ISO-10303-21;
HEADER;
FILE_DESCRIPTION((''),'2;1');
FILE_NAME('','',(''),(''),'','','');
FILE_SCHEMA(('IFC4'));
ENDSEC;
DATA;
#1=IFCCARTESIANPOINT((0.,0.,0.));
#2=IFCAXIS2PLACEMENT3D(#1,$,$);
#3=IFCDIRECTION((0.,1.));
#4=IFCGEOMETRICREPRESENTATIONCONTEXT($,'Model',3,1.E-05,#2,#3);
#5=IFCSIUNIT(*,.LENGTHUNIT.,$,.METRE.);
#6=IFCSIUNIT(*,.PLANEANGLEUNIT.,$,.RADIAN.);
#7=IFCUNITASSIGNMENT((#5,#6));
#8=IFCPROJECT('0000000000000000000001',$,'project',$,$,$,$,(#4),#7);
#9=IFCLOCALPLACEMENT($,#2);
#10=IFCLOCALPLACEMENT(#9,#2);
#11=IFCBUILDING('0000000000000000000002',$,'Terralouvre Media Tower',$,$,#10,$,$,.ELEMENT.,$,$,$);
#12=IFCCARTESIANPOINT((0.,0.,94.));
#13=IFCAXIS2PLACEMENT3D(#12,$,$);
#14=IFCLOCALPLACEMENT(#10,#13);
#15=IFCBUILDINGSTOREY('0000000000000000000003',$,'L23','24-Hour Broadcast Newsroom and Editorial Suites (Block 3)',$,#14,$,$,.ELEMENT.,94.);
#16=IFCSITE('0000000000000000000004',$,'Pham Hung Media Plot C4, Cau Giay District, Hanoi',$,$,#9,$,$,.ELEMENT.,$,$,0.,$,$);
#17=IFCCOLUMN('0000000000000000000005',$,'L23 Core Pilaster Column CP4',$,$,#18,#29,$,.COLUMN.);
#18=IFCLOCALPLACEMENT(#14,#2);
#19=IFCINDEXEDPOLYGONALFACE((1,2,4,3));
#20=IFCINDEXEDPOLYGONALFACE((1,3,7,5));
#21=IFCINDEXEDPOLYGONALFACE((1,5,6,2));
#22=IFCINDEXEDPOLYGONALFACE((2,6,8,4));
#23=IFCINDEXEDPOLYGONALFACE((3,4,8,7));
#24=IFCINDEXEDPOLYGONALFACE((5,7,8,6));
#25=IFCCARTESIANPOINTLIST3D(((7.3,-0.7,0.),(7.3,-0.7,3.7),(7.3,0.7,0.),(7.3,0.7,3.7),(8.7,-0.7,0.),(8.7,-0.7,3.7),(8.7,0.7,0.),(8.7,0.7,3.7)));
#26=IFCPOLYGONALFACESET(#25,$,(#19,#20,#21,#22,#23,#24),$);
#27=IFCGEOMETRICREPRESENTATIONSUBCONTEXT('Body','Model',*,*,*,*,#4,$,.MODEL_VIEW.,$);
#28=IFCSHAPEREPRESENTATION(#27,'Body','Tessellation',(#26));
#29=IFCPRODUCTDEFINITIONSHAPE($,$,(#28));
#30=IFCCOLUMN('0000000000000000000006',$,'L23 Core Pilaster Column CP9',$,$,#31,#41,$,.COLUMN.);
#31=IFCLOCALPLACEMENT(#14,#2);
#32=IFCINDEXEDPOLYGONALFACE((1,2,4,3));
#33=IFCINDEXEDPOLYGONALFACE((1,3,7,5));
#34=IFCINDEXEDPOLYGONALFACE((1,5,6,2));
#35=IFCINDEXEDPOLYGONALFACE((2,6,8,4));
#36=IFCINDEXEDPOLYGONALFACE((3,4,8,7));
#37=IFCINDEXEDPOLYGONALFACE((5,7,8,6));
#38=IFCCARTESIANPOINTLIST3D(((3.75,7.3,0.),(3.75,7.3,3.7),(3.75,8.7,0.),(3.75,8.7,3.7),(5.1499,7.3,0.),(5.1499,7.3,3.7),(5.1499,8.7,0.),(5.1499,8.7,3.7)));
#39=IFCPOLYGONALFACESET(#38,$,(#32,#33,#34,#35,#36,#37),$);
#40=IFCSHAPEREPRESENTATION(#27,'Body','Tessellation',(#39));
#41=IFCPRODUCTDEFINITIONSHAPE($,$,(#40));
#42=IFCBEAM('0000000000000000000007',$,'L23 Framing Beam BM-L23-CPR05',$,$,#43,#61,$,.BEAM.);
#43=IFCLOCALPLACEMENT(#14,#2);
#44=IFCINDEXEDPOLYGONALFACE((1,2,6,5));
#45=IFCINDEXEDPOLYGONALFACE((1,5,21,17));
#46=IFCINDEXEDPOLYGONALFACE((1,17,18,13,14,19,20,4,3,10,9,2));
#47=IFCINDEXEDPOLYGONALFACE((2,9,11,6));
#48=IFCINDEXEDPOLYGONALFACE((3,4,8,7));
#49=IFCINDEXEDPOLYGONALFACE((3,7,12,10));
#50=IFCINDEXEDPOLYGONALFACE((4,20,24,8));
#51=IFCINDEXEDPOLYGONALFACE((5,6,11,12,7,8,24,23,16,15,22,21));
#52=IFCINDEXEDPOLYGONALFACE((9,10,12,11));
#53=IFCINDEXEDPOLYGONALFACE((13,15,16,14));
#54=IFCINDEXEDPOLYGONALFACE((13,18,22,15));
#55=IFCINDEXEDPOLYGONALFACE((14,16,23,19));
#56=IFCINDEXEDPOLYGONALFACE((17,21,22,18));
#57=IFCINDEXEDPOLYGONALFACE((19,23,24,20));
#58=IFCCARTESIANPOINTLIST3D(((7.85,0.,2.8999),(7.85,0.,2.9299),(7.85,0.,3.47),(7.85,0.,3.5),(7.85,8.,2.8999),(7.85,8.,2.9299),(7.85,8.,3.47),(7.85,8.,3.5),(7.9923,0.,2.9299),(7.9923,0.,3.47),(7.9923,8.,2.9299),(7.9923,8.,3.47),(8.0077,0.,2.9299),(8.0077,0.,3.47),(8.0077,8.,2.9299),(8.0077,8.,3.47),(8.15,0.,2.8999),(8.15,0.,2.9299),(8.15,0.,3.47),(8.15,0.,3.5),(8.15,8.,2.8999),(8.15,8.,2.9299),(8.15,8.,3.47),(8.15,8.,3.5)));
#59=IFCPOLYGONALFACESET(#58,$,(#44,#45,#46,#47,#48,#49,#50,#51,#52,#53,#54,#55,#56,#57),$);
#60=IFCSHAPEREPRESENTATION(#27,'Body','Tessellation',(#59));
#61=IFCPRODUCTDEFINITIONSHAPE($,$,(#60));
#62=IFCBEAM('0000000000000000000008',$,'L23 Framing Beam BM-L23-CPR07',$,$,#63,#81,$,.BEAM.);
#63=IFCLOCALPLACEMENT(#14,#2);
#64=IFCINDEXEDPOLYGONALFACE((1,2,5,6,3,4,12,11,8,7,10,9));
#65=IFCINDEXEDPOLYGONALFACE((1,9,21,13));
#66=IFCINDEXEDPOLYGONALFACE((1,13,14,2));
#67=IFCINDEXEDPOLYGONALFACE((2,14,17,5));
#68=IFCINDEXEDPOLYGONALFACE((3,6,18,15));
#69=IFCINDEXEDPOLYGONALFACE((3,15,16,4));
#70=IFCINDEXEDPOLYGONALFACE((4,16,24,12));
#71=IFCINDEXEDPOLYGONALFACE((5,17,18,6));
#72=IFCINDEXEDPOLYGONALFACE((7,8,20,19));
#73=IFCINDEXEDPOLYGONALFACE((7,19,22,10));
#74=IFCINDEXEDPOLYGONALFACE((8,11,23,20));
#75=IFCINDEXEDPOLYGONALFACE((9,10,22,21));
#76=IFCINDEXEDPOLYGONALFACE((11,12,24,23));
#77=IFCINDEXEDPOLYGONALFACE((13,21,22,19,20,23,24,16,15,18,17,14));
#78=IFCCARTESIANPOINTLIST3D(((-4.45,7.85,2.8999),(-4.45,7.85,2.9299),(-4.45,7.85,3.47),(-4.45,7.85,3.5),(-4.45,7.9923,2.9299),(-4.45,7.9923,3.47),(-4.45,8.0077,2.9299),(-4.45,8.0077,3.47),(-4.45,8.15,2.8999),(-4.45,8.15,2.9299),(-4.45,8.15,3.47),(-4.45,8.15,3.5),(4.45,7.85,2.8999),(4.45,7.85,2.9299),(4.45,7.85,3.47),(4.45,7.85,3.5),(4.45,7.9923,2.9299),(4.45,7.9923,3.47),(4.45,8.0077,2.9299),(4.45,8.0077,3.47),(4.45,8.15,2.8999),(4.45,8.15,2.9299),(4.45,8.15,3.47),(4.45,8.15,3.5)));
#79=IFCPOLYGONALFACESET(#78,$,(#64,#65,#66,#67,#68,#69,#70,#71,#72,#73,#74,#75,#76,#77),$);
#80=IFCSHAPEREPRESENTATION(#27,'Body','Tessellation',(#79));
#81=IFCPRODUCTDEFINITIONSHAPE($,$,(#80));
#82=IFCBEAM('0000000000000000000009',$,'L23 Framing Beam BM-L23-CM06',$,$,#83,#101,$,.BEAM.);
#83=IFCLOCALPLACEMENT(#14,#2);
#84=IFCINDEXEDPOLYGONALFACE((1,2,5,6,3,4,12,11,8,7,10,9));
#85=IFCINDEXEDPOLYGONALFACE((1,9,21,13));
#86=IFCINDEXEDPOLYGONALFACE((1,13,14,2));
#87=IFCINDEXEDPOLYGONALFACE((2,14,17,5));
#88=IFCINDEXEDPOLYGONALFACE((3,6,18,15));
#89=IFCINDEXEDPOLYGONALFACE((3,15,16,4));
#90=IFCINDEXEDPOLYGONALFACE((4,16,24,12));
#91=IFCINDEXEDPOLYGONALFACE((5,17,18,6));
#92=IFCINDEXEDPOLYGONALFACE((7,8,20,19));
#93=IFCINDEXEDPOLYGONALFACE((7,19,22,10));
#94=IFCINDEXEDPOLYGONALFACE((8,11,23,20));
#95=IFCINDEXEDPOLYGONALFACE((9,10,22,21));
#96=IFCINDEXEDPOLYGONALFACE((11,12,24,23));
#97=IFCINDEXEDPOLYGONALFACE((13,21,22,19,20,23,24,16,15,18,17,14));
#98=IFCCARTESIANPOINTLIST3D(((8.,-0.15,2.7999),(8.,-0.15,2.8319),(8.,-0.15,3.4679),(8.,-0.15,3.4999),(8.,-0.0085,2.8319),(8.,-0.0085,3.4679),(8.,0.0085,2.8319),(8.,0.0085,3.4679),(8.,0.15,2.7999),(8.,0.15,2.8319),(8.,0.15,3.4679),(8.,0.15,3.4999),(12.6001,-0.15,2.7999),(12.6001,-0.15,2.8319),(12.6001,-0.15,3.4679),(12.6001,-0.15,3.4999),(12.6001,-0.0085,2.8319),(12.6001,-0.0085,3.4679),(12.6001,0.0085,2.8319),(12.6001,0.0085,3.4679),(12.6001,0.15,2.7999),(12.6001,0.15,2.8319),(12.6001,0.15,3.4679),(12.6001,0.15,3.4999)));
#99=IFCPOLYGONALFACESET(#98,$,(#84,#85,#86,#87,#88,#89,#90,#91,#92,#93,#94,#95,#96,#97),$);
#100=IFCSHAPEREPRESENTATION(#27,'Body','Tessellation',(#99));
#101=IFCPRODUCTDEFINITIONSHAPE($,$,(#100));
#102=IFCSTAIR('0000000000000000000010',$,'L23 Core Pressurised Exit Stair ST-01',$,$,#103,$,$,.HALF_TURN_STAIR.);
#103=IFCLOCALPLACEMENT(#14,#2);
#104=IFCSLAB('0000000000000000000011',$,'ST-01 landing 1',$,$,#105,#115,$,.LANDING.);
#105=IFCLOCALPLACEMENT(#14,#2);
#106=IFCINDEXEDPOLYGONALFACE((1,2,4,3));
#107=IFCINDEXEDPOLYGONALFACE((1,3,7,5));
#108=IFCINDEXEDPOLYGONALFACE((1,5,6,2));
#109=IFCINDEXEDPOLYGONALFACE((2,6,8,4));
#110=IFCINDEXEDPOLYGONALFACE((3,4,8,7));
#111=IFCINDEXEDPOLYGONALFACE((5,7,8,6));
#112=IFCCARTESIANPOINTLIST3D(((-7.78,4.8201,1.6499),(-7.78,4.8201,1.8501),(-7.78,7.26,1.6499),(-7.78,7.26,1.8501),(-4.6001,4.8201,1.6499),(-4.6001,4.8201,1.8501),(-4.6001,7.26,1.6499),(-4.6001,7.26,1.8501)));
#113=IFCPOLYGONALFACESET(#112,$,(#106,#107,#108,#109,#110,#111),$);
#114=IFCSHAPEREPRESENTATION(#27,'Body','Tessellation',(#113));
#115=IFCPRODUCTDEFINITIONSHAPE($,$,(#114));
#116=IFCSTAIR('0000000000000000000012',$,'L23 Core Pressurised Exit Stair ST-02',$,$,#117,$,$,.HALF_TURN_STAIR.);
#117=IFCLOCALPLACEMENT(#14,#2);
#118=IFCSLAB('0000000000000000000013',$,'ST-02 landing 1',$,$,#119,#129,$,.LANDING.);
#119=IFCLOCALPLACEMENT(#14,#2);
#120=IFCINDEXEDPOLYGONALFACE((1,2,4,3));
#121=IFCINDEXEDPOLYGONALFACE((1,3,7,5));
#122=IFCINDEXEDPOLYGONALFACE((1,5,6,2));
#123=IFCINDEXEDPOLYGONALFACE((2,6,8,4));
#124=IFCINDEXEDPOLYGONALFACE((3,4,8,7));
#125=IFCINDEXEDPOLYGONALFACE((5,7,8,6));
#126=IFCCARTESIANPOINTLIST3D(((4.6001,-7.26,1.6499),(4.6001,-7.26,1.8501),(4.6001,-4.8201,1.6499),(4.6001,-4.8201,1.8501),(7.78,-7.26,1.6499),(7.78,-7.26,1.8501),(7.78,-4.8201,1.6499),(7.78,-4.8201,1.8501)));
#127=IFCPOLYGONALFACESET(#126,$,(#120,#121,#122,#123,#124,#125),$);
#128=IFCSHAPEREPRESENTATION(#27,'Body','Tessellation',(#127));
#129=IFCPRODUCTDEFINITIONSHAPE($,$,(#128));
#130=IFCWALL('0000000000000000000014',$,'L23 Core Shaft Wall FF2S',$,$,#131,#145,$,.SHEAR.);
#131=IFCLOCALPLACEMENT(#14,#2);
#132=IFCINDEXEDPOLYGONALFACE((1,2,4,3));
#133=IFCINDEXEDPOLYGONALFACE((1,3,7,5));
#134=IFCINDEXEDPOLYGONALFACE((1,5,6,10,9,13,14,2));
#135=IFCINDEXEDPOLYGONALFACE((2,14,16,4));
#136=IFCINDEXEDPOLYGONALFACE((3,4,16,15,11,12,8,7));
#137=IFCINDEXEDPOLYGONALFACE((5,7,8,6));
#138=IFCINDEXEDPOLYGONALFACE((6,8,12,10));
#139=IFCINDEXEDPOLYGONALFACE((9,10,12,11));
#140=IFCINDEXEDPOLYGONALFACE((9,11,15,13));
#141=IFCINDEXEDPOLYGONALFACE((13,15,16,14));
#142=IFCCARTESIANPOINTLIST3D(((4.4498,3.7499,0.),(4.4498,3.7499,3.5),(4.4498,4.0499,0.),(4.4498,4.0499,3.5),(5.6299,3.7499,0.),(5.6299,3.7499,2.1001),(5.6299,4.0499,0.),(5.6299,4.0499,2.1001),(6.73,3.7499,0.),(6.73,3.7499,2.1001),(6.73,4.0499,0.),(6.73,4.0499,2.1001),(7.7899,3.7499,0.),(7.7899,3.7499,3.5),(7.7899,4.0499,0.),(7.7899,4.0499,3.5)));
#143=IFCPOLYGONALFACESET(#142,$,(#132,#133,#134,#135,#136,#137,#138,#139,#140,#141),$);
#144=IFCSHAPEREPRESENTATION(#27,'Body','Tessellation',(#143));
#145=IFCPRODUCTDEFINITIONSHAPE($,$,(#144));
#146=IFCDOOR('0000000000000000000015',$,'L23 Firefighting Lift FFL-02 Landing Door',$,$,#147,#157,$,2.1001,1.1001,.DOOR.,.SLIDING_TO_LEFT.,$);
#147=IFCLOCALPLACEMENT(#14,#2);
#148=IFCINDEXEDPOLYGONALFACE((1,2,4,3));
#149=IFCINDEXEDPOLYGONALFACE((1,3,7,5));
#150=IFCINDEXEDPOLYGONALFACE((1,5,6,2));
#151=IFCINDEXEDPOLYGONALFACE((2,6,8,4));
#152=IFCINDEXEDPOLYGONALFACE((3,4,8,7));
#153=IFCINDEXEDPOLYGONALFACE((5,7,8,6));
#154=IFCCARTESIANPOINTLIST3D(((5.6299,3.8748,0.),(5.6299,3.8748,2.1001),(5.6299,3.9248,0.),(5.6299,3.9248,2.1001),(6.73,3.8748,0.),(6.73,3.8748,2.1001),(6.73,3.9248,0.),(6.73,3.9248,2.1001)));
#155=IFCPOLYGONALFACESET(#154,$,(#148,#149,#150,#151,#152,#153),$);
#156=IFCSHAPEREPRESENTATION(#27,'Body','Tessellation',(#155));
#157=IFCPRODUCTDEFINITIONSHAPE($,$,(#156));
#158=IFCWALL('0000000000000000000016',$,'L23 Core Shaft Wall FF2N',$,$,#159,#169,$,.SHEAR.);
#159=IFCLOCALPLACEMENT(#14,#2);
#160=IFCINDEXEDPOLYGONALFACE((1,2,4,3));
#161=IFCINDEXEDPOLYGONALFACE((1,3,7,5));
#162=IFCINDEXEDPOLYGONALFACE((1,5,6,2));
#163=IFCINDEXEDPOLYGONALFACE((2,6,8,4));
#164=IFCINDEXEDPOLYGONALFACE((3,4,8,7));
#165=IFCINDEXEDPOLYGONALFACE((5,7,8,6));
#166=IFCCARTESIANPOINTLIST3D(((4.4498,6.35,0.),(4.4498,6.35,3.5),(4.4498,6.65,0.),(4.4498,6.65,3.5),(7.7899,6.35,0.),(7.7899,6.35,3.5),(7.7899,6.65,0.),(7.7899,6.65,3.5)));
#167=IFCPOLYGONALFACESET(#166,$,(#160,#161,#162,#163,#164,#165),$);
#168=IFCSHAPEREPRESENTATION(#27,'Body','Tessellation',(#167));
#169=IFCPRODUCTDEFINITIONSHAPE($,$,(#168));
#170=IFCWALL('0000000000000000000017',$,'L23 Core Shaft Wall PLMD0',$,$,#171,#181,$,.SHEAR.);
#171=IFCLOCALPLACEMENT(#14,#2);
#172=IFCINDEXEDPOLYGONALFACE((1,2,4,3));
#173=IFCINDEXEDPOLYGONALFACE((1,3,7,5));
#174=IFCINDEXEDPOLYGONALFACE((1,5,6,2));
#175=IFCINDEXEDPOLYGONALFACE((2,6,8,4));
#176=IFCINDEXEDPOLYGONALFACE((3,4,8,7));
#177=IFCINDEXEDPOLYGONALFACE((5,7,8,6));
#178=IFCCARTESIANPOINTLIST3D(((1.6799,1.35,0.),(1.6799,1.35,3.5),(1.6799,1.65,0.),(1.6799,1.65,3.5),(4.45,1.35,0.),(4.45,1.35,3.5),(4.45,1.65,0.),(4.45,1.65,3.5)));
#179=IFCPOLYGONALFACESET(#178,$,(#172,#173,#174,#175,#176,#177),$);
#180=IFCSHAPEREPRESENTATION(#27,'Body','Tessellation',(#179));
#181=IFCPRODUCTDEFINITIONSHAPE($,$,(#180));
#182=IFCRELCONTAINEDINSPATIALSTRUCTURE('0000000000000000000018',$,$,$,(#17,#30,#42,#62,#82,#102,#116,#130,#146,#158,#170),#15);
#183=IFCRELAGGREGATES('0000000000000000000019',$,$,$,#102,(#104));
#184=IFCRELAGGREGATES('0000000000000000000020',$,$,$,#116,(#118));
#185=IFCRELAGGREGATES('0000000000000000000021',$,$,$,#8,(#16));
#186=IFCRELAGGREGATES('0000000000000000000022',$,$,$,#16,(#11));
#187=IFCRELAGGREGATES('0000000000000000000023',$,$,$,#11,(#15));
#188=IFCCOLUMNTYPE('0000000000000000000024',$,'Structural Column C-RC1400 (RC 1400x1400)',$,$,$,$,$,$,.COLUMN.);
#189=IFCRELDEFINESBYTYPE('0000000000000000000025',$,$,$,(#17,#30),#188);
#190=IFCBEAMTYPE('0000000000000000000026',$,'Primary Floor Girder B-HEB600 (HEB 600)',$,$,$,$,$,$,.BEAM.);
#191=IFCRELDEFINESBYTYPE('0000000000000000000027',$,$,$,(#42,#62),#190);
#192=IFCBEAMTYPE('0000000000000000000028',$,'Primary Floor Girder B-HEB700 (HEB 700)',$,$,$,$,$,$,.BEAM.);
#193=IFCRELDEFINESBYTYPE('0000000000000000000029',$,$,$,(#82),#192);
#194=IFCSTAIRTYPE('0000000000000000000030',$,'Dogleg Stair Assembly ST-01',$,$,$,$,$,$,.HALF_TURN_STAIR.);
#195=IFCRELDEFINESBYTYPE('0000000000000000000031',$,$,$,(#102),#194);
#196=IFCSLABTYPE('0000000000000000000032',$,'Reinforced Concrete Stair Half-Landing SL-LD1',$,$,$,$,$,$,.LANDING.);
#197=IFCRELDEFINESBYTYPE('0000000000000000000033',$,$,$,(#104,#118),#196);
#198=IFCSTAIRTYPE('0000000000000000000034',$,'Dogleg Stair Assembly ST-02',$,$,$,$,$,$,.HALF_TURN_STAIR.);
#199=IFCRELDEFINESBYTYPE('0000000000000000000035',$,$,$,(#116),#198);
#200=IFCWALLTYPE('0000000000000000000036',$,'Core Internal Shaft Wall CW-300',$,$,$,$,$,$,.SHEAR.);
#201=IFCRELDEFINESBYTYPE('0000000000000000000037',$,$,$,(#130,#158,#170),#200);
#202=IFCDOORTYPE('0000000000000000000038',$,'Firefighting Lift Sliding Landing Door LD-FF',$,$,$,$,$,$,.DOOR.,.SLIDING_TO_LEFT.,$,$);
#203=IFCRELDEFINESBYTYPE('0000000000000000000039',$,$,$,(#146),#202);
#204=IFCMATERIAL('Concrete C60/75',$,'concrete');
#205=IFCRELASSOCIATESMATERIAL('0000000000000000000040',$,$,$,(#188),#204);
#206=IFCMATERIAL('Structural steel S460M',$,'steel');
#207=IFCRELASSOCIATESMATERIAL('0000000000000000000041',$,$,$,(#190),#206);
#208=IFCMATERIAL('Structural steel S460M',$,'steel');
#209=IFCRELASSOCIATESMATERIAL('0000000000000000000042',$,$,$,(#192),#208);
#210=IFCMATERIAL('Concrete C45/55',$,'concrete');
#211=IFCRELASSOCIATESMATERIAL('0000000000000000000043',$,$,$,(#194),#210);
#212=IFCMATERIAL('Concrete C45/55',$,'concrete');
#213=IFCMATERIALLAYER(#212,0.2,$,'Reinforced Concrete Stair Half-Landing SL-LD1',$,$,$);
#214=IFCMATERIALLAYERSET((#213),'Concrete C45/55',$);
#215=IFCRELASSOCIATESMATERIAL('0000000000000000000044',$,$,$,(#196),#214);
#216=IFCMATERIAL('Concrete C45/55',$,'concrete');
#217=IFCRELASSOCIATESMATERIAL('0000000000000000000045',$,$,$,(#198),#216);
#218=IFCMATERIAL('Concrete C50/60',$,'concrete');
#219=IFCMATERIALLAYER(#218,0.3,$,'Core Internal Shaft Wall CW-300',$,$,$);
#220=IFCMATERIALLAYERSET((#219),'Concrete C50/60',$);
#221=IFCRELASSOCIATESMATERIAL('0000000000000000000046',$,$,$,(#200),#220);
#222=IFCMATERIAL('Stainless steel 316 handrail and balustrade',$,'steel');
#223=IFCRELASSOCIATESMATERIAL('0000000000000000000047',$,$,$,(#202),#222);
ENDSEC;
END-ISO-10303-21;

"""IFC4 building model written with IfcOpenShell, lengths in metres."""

from ifc_helpers import new_model, si_unit, direction, frame, frame_2d, origin, origin_2d, place, context, subcontext, project, spatial, polyline, rectangle, i_section, outline, extrude, material, layer, layer_set, material_profile, profile_set, type_object, element, fill, aggregate, save


model = new_model("IFC4")

# Units and contexts
model_context = context("Model", 3, precision=1e-05, world=origin(), true_north=direction((0.0, 1.0)))
body_context = subcontext(model_context, "Body", "Model", "MODEL_VIEW")
ifc_project = project(units=[si_unit("LENGTHUNIT", "METRE"), si_unit("PLANEANGLEUNIT", "RADIAN")], contexts=[model_context])

# Site, building, storey
site_placement = place(None, origin())
site = spatial("IfcSite", under=ifc_project, at=site_placement, Name="Pham Hung Media Plot C4, Cau Giay District, Hanoi", CompositionType="ELEMENT", RefElevation=0.0)
building_placement = place(site_placement, origin())
building = spatial("IfcBuilding", under=site, at=building_placement, Name="Terralouvre Media Tower", CompositionType="ELEMENT")
storey_placement = place(building_placement, frame((0.0, 0.0, 94.0)))
storey = spatial("IfcBuildingStorey", under=building, at=storey_placement, Name="L23", Description="24-Hour Broadcast Newsroom and Editorial Suites (Block 3)", CompositionType="ELEMENT", Elevation=94.0)

# Columns
ifc_material_1 = material(Name="Concrete C60/75", Category="concrete")
ifc_material_profile_1 = material_profile(ifc_material_1, rectangle(XDim=1.3999, YDim=1.3999, at=origin_2d()), Name="RC 1400x1400")
ifc_profile_set_1 = profile_set([ifc_material_profile_1], Name="Concrete C60/75")
column_type = type_object("IfcColumnType", Name="Structural Column C-RC1400 (RC 1400x1400)", PredefinedType="COLUMN", material=ifc_profile_set_1)
for number, where, z_axis, x_axis, name in (
    (1, (8.0, 0.0, 0.0), (0.0, 0.0, 1.0), (1.0, 0.0, 0.0), "L23 Core Pilaster Column CP4"),
    (2, (4.45, 8.0, 0.0), (0.0, 0.0, 1.0), (1.0, 0.0, 0.0), "L23 Core Pilaster Column CP9"),
):
    element("IfcColumn", number, at=place(storey_placement, frame(where, z_axis=z_axis, x_axis=x_axis)), inside=storey, type_object=column_type, Name=name, PredefinedType="COLUMN", context=body_context, shape_type="SweptSolid", body=[
        extrude(rectangle(XDim=1.3999, YDim=1.3999, at=origin_2d()), origin(), (0.0, 0.0, 1.0), 3.7),
    ])

# Beams
ifc_material_2 = material(Name="Structural steel S460M", Category="steel")
ifc_material_profile_2 = material_profile(ifc_material_2, i_section(OverallWidth=0.3, OverallDepth=0.6001, WebThickness=0.0154, FlangeThickness=0.03, at=origin_2d()), Name="HEB 600")
ifc_profile_set_2 = profile_set([ifc_material_profile_2], Name="Structural steel S460M")
beam_type_1 = type_object("IfcBeamType", Name="Primary Floor Girder B-HEB600 (HEB 600)", PredefinedType="BEAM", material=ifc_profile_set_2)
beam_1_placement = place(storey_placement, frame((8.0, 0.0, 3.2), z_axis=(0.0, 1.0, 0.0), x_axis=(-1.0, 0.0, 0.0)))
element("IfcBeam", 3, at=beam_1_placement, inside=storey, type_object=beam_type_1, Name="L23 Framing Beam BM-L23-CPR05", PredefinedType="BEAM", context=body_context, shape_type="SweptSolid", body=[
    extrude(i_section(OverallWidth=0.3, OverallDepth=0.6001, WebThickness=0.0154, FlangeThickness=0.03, at=origin_2d()), origin(), (0.0, 0.0, 1.0), 8.0),
])
beam_2_placement = place(storey_placement, frame((4.45, 8.0, 3.2), z_axis=(-1.0, 0.0, 0.0), x_axis=(0.0, -1.0, 0.0)))
element("IfcBeam", 4, at=beam_2_placement, inside=storey, type_object=beam_type_1, Name="L23 Framing Beam BM-L23-CPR07", PredefinedType="BEAM", context=body_context, shape_type="SweptSolid", body=[
    extrude(i_section(OverallWidth=0.3, OverallDepth=0.6001, WebThickness=0.0154, FlangeThickness=0.03, at=origin_2d()), origin(), (0.0, 0.0, 1.0), 8.8999),
])
ifc_material_3 = material(Name="Structural steel S460M", Category="steel")
ifc_material_profile_3 = material_profile(ifc_material_3, i_section(OverallWidth=0.3, OverallDepth=0.7, WebThickness=0.0171, FlangeThickness=0.032, at=origin_2d()), Name="HEB 700")
ifc_profile_set_3 = profile_set([ifc_material_profile_3], Name="Structural steel S460M")
beam_type_2 = type_object("IfcBeamType", Name="Primary Floor Girder B-HEB700 (HEB 700)", PredefinedType="BEAM", material=ifc_profile_set_3)
beam_3_placement = place(storey_placement, frame((8.0, 0.0, 3.1499), z_axis=(1.0, 0.0, 0.0), x_axis=(0.0, 1.0, 0.0)))
element("IfcBeam", 5, at=beam_3_placement, inside=storey, type_object=beam_type_2, Name="L23 Framing Beam BM-L23-CM06", PredefinedType="BEAM", context=body_context, shape_type="SweptSolid", body=[
    extrude(i_section(OverallWidth=0.3, OverallDepth=0.7, WebThickness=0.0171, FlangeThickness=0.032, at=origin_2d()), origin(), (0.0, 0.0, 1.0), 4.6001),
])

# Stairs, slabs
ifc_material_4 = material(Name="Concrete C45/55", Category="concrete")
stair_type_1 = type_object("IfcStairType", Name="Dogleg Stair Assembly ST-01", PredefinedType="HALF_TURN_STAIR", material=ifc_material_4)
stair_1_placement = place(storey_placement, origin())
stair_1 = element("IfcStair", 6, at=stair_1_placement, inside=storey, type_object=stair_type_1, Name="L23 Core Pressurised Exit Stair ST-01", PredefinedType="HALF_TURN_STAIR")
ifc_material_5 = material(Name="Concrete C45/55", Category="concrete")
ifc_layer_1 = layer(ifc_material_5, 0.2, Name="Reinforced Concrete Stair Half-Landing SL-LD1")
ifc_layer_set_1 = layer_set([ifc_layer_1], Name="Concrete C45/55")
slab_type_1 = type_object("IfcSlabType", Name="Reinforced Concrete Stair Half-Landing SL-LD1", PredefinedType="LANDING", material=ifc_layer_set_1)
slab_1_placement = place(storey_placement, frame((0.0, 0.0, 1.6499)))
slab_1 = element("IfcSlab", 7, at=slab_1_placement, type_object=slab_type_1, Name="ST-01 landing 1", PredefinedType="LANDING", context=body_context, shape_type="SweptSolid", body=[
    extrude(outline(polyline([(-4.6001, 4.8201), (-4.6001, 7.26), (-7.78, 7.26), (-7.78, 4.8201), (-4.6001, 4.8201)])), origin(), (0.0, 0.0, 1.0), 0.2002),
])
aggregate(stair_1, [slab_1])
ifc_material_6 = material(Name="Concrete C45/55", Category="concrete")
stair_type_2 = type_object("IfcStairType", Name="Dogleg Stair Assembly ST-02", PredefinedType="HALF_TURN_STAIR", material=ifc_material_6)
stair_2_placement = place(storey_placement, origin())
stair_2 = element("IfcStair", 8, at=stair_2_placement, inside=storey, type_object=stair_type_2, Name="L23 Core Pressurised Exit Stair ST-02", PredefinedType="HALF_TURN_STAIR")
slab_2_placement = place(storey_placement, frame((0.0, 0.0, 1.6499)))
slab_2 = element("IfcSlab", 9, at=slab_2_placement, type_object=slab_type_1, Name="ST-02 landing 1", PredefinedType="LANDING", context=body_context, shape_type="SweptSolid", body=[
    extrude(outline(polyline([(4.6001, -4.8201), (4.6001, -7.26), (7.78, -7.26), (7.78, -4.8201), (4.6001, -4.8201)])), origin(), (0.0, 0.0, 1.0), 0.2002),
])
aggregate(stair_2, [slab_2])

# Wall, opening, door
ifc_material_7 = material(Name="Concrete C50/60", Category="concrete")
ifc_layer_2 = layer(ifc_material_7, 0.3, Name="Core Internal Shaft Wall CW-300")
ifc_layer_set_2 = layer_set([ifc_layer_2], Name="Concrete C50/60")
wall_type = type_object("IfcWallType", Name="Core Internal Shaft Wall CW-300", PredefinedType="SHEAR", material=ifc_layer_set_2)
wall_1_placement = place(storey_placement, frame((4.45, 3.8999, 0.0), z_axis=(0.0, 0.0, 1.0), x_axis=(1.0, 0.0, 0.0)))
wall_1 = element("IfcWall", 10, at=wall_1_placement, inside=storey, type_object=wall_type, Name="L23 Core Shaft Wall FF2S", PredefinedType="SHEAR", context=body_context, shape_type="SweptSolid", body=[
    extrude(rectangle(XDim=3.3401, YDim=0.3, at=frame_2d((1.6699, 0.0))), origin(), (0.0, 0.0, 1.0), 3.5),
])
opening_1_placement = place(wall_1_placement, frame((1.1799, 0.0, 0.0)))
opening_1 = element("IfcOpeningElement", 11, at=opening_1_placement, cuts=wall_1, PredefinedType="OPENING", context=body_context, shape_type="SweptSolid", body=[
    extrude(rectangle(XDim=1.1001, YDim=2.1001, at=frame_2d((0.55, 1.05))), frame((0.0, 0.1599, 0.0), z_axis=(0.0, -1.0, 0.0), x_axis=(1.0, 0.0, 0.0)), (0.0, 0.0, 1.0), 0.3201),
])
ifc_material_8 = material(Name="Stainless steel 316 handrail and balustrade", Category="steel")
door_type_1 = type_object("IfcDoorType", Name="Firefighting Lift Sliding Landing Door LD-FF", OperationType="SLIDING_TO_LEFT", PredefinedType="DOOR", material=ifc_material_8)
door_1_placement = place(opening_1_placement, origin())
door_1 = element("IfcDoor", 12, at=door_1_placement, inside=storey, type_object=door_type_1, Name="L23 Firefighting Lift FFL-02 Landing Door", OperationType="SLIDING_TO_LEFT", OverallHeight=2.1001, OverallWidth=1.1001, PredefinedType="DOOR", context=body_context, shape_type="SweptSolid", body=[
    extrude(rectangle(XDim=1.1001, YDim=2.1001, at=frame_2d((0.55, 1.05))), frame((0.0, 0.0249, 0.0), z_axis=(0.0, -1.0, 0.0), x_axis=(1.0, 0.0, 0.0)), (0.0, 0.0, 1.0), 0.05),
])
fill(opening_1, door_1)

# Walls
wall_2_placement = place(storey_placement, frame((4.45, 6.5, 0.0), z_axis=(0.0, 0.0, 1.0), x_axis=(1.0, 0.0, 0.0)))
element("IfcWall", 13, at=wall_2_placement, inside=storey, type_object=wall_type, Name="L23 Core Shaft Wall FF2N", PredefinedType="SHEAR", context=body_context, shape_type="SweptSolid", body=[
    extrude(rectangle(XDim=3.3401, YDim=0.3, at=frame_2d((1.6699, 0.0))), origin(), (0.0, 0.0, 1.0), 3.5),
])
for number, where, z_axis, x_axis, name in (
    (14, (1.6799, 1.5, 0.0), (0.0, 0.0, 1.0), (1.0, 0.0, 0.0), "L23 Core Shaft Wall PLMD0"),
):
    element("IfcWall", number, at=place(storey_placement, frame(where, z_axis=z_axis, x_axis=x_axis)), inside=storey, type_object=wall_type, Name=name, PredefinedType="SHEAR", context=body_context, shape_type="SweptSolid", body=[
        extrude(rectangle(XDim=2.77, YDim=0.3, at=frame_2d((1.385, 0.0))), origin(), (0.0, 0.0, 1.0), 3.5),
    ])

save(model, "model.ifc")
